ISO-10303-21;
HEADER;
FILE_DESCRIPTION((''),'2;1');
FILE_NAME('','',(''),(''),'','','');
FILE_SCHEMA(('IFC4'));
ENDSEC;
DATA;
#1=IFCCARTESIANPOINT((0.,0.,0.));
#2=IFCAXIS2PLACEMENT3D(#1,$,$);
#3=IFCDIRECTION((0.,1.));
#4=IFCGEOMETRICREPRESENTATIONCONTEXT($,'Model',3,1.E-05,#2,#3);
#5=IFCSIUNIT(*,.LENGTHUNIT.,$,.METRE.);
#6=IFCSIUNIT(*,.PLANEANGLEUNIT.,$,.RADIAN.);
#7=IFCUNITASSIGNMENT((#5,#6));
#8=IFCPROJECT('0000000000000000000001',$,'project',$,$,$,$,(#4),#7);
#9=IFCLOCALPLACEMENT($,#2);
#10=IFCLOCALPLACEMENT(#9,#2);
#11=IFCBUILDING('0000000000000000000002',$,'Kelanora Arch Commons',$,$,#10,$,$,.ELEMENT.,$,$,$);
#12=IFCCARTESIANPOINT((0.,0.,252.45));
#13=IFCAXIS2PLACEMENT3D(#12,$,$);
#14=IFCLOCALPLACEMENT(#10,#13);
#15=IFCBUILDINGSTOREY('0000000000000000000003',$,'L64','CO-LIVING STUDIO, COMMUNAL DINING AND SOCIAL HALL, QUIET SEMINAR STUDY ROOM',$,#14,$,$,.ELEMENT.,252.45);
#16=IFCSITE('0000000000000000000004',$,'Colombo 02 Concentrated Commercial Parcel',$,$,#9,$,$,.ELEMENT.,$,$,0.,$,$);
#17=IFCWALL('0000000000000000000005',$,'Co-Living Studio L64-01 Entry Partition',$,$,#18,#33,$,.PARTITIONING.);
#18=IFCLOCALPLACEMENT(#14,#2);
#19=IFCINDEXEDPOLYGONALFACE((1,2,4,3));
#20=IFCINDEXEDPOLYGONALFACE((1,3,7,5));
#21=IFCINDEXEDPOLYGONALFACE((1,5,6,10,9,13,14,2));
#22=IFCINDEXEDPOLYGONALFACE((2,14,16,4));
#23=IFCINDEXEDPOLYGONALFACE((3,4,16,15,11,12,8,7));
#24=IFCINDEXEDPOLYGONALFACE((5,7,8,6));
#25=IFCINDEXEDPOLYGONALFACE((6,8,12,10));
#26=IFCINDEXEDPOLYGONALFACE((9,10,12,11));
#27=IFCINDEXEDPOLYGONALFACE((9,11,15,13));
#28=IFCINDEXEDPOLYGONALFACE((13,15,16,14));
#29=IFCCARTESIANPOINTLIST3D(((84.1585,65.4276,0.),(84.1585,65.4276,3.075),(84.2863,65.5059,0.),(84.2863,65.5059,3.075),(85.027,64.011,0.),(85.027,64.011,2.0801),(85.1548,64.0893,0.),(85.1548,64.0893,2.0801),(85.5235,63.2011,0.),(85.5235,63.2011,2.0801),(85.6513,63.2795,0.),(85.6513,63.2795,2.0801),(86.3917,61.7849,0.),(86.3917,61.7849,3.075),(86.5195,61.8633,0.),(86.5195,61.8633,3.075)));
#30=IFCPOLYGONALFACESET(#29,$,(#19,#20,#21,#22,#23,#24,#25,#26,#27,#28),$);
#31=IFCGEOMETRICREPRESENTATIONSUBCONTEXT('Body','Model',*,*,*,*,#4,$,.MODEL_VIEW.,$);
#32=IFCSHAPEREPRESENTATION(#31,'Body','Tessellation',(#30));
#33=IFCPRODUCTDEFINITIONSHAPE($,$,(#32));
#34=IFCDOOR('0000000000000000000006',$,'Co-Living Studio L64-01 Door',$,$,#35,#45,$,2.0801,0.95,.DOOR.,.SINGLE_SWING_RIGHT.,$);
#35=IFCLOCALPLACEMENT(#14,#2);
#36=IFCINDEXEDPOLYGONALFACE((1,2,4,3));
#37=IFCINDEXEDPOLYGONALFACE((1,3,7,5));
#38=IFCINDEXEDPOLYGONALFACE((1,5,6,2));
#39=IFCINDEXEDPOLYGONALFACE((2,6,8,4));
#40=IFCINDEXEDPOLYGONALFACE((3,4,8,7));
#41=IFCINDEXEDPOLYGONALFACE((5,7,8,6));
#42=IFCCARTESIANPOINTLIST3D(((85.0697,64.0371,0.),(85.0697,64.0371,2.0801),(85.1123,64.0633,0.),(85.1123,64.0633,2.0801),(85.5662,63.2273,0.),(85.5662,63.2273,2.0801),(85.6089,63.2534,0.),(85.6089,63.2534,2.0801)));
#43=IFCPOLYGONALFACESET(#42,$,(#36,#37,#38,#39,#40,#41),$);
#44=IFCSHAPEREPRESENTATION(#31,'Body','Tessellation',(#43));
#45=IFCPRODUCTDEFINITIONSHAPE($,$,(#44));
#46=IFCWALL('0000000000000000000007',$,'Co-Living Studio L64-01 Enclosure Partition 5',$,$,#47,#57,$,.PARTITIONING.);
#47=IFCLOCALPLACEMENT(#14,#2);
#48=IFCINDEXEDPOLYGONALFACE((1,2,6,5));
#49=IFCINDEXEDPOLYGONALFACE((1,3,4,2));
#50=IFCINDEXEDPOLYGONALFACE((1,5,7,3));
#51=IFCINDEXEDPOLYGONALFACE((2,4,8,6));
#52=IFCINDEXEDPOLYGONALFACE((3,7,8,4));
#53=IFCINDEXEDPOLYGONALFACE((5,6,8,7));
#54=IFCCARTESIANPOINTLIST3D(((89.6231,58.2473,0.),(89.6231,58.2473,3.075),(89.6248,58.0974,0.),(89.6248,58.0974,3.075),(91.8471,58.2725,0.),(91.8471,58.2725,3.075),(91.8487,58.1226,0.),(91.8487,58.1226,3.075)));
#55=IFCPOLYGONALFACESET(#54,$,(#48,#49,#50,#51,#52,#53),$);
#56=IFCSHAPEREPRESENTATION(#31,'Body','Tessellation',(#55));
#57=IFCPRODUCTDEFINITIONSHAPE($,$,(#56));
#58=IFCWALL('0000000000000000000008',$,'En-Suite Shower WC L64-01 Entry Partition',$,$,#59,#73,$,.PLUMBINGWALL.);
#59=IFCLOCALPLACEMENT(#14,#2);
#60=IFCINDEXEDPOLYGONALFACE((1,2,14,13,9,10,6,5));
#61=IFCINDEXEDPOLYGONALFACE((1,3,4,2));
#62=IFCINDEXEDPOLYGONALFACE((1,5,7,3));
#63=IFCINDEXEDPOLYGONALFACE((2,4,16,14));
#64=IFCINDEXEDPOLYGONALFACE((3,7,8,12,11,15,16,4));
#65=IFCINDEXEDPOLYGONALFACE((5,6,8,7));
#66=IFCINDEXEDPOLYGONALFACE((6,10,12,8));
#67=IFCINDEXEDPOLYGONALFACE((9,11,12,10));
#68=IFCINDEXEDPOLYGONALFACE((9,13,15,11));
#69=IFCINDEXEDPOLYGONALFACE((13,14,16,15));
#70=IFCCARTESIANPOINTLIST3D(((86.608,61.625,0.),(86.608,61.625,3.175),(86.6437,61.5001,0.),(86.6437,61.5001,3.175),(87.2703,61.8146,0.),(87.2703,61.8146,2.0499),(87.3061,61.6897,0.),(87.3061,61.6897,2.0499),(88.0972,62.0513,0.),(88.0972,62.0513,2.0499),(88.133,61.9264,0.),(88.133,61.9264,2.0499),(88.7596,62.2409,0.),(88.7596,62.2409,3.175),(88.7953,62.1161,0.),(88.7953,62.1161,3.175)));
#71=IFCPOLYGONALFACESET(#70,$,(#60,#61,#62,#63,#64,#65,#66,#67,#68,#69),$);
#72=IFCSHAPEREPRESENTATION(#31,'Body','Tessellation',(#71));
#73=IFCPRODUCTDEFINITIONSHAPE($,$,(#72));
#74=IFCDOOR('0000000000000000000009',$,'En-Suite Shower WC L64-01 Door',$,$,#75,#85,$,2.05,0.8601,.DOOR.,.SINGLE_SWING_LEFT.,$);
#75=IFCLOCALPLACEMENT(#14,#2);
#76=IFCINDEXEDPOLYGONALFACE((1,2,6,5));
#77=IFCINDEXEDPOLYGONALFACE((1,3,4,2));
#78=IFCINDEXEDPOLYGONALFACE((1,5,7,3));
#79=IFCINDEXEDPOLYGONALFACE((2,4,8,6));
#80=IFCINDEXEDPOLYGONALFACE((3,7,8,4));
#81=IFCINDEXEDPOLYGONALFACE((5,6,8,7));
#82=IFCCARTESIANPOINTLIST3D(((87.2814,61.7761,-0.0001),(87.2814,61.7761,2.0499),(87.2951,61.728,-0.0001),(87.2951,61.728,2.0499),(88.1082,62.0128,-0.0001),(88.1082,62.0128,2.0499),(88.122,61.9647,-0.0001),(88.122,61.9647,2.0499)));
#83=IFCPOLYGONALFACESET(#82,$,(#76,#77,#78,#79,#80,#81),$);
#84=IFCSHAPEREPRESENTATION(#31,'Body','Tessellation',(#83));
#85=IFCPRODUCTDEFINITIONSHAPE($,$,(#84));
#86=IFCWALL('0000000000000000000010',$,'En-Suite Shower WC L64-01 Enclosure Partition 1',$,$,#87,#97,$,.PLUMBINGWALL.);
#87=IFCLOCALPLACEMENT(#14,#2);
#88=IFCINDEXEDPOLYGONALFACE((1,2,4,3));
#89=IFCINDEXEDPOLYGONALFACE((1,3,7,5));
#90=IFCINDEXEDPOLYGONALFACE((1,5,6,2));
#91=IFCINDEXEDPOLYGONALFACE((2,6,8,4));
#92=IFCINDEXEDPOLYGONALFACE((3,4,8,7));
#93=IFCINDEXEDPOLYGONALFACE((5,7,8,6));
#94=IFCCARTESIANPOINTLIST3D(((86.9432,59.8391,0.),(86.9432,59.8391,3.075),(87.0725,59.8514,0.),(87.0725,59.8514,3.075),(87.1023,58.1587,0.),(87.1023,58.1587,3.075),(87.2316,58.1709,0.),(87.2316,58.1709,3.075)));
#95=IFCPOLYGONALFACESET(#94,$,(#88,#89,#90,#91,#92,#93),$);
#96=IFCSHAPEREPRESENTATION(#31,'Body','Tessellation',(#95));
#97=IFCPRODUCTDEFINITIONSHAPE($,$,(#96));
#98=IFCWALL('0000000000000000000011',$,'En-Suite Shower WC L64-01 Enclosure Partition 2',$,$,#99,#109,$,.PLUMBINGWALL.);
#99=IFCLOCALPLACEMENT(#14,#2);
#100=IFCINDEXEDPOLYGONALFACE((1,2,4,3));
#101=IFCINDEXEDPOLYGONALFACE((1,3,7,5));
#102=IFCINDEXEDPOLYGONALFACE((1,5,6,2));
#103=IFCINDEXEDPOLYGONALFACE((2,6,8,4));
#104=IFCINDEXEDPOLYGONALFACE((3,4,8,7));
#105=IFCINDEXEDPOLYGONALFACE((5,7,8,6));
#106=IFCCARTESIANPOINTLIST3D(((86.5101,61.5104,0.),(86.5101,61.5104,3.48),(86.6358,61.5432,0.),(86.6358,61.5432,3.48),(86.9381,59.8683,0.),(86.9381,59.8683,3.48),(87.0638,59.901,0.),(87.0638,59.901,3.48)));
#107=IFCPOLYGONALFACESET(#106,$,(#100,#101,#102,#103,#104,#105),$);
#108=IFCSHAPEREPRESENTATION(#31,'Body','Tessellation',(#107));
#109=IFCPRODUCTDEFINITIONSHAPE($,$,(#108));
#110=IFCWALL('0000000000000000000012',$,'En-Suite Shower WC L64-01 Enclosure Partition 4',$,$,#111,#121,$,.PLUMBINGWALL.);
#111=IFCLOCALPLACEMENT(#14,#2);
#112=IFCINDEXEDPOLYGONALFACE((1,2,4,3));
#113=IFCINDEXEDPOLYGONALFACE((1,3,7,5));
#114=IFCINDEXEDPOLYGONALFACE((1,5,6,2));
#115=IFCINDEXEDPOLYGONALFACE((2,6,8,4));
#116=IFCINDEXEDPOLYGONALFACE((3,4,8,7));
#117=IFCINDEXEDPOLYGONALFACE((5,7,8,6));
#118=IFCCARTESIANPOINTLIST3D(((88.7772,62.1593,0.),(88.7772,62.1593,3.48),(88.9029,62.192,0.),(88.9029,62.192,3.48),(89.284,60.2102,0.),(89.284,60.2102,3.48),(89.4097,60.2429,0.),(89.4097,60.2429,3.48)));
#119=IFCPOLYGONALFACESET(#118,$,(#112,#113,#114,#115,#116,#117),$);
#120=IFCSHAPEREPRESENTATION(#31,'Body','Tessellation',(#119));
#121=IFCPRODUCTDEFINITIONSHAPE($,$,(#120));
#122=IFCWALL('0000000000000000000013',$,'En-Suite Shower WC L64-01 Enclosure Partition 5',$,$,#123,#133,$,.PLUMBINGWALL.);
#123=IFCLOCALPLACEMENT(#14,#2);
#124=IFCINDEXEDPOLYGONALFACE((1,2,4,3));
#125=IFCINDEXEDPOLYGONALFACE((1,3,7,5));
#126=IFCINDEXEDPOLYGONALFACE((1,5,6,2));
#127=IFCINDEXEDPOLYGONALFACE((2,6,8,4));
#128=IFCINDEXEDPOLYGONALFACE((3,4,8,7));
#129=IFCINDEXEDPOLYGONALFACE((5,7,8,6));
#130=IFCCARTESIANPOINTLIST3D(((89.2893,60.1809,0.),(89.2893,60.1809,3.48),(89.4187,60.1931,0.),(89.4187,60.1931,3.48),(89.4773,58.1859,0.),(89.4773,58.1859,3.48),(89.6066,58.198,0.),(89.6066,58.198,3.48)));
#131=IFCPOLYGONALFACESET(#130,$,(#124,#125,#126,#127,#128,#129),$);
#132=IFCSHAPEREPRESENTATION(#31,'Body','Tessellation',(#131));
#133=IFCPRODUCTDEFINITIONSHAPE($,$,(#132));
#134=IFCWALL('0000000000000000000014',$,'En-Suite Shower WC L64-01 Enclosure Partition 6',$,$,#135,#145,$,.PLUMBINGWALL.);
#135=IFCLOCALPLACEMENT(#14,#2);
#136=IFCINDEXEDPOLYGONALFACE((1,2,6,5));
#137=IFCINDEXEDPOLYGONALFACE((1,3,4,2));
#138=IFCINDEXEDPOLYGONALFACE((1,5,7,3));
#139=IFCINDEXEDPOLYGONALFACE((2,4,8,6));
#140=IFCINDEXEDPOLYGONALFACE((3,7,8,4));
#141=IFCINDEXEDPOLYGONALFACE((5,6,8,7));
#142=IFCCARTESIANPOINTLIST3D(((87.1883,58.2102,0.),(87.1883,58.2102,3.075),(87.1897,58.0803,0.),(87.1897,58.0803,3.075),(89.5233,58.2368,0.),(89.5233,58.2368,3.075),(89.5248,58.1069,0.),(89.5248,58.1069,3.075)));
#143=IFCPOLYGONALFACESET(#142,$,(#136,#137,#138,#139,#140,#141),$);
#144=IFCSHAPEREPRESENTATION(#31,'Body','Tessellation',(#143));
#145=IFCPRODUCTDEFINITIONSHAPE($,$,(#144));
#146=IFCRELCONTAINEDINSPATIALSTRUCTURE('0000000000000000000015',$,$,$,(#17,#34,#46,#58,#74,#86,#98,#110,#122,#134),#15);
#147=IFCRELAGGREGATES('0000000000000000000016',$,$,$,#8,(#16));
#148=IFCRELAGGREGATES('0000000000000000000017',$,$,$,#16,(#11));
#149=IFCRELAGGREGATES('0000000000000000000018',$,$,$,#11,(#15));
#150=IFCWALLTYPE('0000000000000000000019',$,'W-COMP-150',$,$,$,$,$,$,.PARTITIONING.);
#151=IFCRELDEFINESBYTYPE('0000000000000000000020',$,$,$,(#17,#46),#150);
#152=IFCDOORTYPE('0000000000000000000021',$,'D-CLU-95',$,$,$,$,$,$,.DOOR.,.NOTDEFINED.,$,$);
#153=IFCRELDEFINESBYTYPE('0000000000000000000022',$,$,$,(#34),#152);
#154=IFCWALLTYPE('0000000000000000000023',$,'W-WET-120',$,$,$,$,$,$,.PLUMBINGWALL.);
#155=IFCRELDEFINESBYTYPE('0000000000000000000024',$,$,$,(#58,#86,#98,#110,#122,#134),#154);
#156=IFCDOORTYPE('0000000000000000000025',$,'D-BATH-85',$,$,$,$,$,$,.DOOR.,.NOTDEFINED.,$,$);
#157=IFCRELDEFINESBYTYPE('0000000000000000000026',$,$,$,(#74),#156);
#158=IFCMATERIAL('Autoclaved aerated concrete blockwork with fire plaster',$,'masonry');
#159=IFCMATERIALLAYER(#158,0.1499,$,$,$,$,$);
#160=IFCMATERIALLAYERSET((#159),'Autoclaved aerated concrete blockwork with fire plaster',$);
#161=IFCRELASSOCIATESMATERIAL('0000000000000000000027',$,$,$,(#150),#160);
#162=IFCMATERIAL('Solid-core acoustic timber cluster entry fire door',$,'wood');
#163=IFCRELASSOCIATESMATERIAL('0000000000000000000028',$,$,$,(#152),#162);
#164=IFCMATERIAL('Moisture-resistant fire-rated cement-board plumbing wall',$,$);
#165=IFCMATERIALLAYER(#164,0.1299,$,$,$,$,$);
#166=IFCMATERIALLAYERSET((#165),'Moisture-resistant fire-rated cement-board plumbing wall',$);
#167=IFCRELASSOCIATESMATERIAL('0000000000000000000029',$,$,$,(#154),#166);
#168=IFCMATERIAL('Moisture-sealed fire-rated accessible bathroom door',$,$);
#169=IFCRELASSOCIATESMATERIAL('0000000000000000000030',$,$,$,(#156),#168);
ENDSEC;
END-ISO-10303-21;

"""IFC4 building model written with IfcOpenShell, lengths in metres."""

from ifc_helpers import new_model, si_unit, direction, frame, frame_2d, origin, place, context, subcontext, project, spatial, rectangle, extrude, material, layer, layer_set, type_object, element, fill, save


model = new_model("IFC4")

# Units and contexts
model_context = context("Model", 3, precision=1e-05, world=origin(), true_north=direction((0.0, 1.0)))
body_context = subcontext(model_context, "Body", "Model", "MODEL_VIEW")
ifc_project = project(units=[si_unit("LENGTHUNIT", "METRE"), si_unit("PLANEANGLEUNIT", "RADIAN")], contexts=[model_context])

# Site, building, storey
site_placement = place(None, origin())
site = spatial("IfcSite", under=ifc_project, at=site_placement, Name="Colombo 02 Concentrated Commercial Parcel", CompositionType="ELEMENT", RefElevation=0.0)
building_placement = place(site_placement, origin())
building = spatial("IfcBuilding", under=site, at=building_placement, Name="Kelanora Arch Commons", CompositionType="ELEMENT")
storey_placement = place(building_placement, frame((0.0, 0.0, 252.45)))
storey = spatial("IfcBuildingStorey", under=building, at=storey_placement, Name="L64", Description="CO-LIVING STUDIO, COMMUNAL DINING AND SOCIAL HALL, QUIET SEMINAR STUDY ROOM", CompositionType="ELEMENT", Elevation=252.45)

# Wall, opening, door
ifc_material_1 = material(Name="Autoclaved aerated concrete blockwork with fire plaster", Category="masonry")
ifc_layer_1 = layer(ifc_material_1, 0.1499)
ifc_layer_set_1 = layer_set([ifc_layer_1], Name="Autoclaved aerated concrete blockwork with fire plaster")
wall_type_1 = type_object("IfcWallType", Name="W-COMP-150", PredefinedType="PARTITIONING", material=ifc_layer_set_1)
wall_1_placement = place(storey_placement, frame((86.4556, 61.8242, 0.0), z_axis=(0.0, 0.0, 1.0), x_axis=(-0.522665, 0.852538, 0.0)))
wall_1 = element("IfcWall", 1, at=wall_1_placement, inside=storey, type_object=wall_type_1, Name="Co-Living Studio L64-01 Entry Partition", PredefinedType="PARTITIONING", context=body_context, shape_type="SweptSolid", body=[
    extrude(rectangle(XDim=4.2727, YDim=0.1499, at=frame_2d((2.1362, 0.0))), origin(), (0.0, 0.0, 1.0), 3.075),
])
opening_1_placement = place(wall_1_placement, frame((1.6609, 0.0, 0.0)))
opening_1 = element("IfcOpeningElement", 2, at=opening_1_placement, cuts=wall_1, PredefinedType="OPENING", context=body_context, shape_type="SweptSolid", body=[
    extrude(rectangle(XDim=0.95, YDim=2.0801, at=frame_2d((0.4751, 1.04))), frame((0.0, 0.085, 0.0), z_axis=(0.0, -1.0, 0.0), x_axis=(1.0, 0.0, 0.0)), (0.0, 0.0, 1.0), 0.1699),
])
ifc_material_2 = material(Name="Solid-core acoustic timber cluster entry fire door", Category="wood")
door_type_1 = type_object("IfcDoorType", Name="D-CLU-95", OperationType="NOTDEFINED", PredefinedType="DOOR", material=ifc_material_2)
door_1_placement = place(opening_1_placement, origin())
door_1 = element("IfcDoor", 3, at=door_1_placement, inside=storey, type_object=door_type_1, Name="Co-Living Studio L64-01 Door", OperationType="SINGLE_SWING_RIGHT", OverallHeight=2.0801, OverallWidth=0.95, PredefinedType="DOOR", context=body_context, shape_type="SweptSolid", body=[
    extrude(rectangle(XDim=0.95, YDim=2.0801, at=frame_2d((0.4751, 1.04))), frame((0.0, 0.0249, 0.0), z_axis=(0.0, -1.0, 0.0), x_axis=(1.0, 0.0, 0.0)), (0.0, 0.0, 1.0), 0.05),
])
fill(opening_1, door_1)

# Wall
wall_2_placement = place(storey_placement, frame((91.8479, 58.1975, 0.0), z_axis=(0.0, 0.0, 1.0), x_axis=(-0.999936, -0.011307, 0.0)))
element("IfcWall", 4, at=wall_2_placement, inside=storey, type_object=wall_type_1, Name="Co-Living Studio L64-01 Enclosure Partition 5", PredefinedType="PARTITIONING", context=body_context, shape_type="SweptSolid", body=[
    extrude(rectangle(XDim=2.2241, YDim=0.1499, at=frame_2d((1.1121, 0.0))), origin(), (0.0, 0.0, 1.0), 3.075),
])

# Wall, opening, door
ifc_material_3 = material(Name="Moisture-resistant fire-rated cement-board plumbing wall")
ifc_layer_2 = layer(ifc_material_3, 0.1299)
ifc_layer_set_2 = layer_set([ifc_layer_2], Name="Moisture-resistant fire-rated cement-board plumbing wall")
wall_type_2 = type_object("IfcWallType", Name="W-WET-120", PredefinedType="PLUMBINGWALL", material=ifc_layer_set_2)
wall_3_placement = place(storey_placement, frame((86.6257, 61.5625, 0.0), z_axis=(0.0, 0.0, 1.0), x_axis=(0.96138, 0.275225, 0.0)))
wall_3 = element("IfcWall", 5, at=wall_3_placement, inside=storey, type_object=wall_type_2, Name="En-Suite Shower WC L64-01 Entry Partition", PredefinedType="PLUMBINGWALL", context=body_context, shape_type="SweptSolid", body=[
    extrude(rectangle(XDim=2.238, YDim=0.1299, at=frame_2d((1.1191, 0.0))), origin(), (0.0, 0.0, 1.0), 3.175),
])
opening_2_placement = place(wall_3_placement, frame((0.689, 0.0, 0.0)))
opening_2 = element("IfcOpeningElement", 6, at=opening_2_placement, cuts=wall_3, PredefinedType="OPENING", context=body_context, shape_type="SweptSolid", body=[
    extrude(rectangle(XDim=0.8601, YDim=2.05, at=frame_2d((0.4302, 1.0249))), frame((0.0, 0.075, 0.0), z_axis=(0.0, -1.0, 0.0), x_axis=(1.0, 0.0, 0.0)), (0.0, 0.0, 1.0), 0.1499),
])
ifc_material_4 = material(Name="Moisture-sealed fire-rated accessible bathroom door")
door_type_2 = type_object("IfcDoorType", Name="D-BATH-85", OperationType="NOTDEFINED", PredefinedType="DOOR", material=ifc_material_4)
door_2_placement = place(opening_2_placement, origin())
door_2 = element("IfcDoor", 7, at=door_2_placement, inside=storey, type_object=door_type_2, Name="En-Suite Shower WC L64-01 Door", OperationType="SINGLE_SWING_LEFT", OverallHeight=2.05, OverallWidth=0.8601, PredefinedType="DOOR", context=body_context, shape_type="SweptSolid", body=[
    extrude(rectangle(XDim=0.8601, YDim=2.05, at=frame_2d((0.4302, 1.0249))), frame((0.0, 0.0249, 0.0), z_axis=(0.0, -1.0, 0.0), x_axis=(1.0, 0.0, 0.0)), (0.0, 0.0, 1.0), 0.05),
])
fill(opening_2, door_2)

# Walls
wall_4_placement = place(storey_placement, frame((87.167, 58.1648, 0.0), z_axis=(0.0, 0.0, 1.0), x_axis=(-0.094304, 0.995543, 0.0)))
element("IfcWall", 8, at=wall_4_placement, inside=storey, type_object=wall_type_2, Name="En-Suite Shower WC L64-01 Enclosure Partition 1", PredefinedType="PLUMBINGWALL", context=body_context, shape_type="SweptSolid", body=[
    extrude(rectangle(XDim=1.688, YDim=0.1299, at=frame_2d((0.844, 0.0))), origin(), (0.0, 0.0, 1.0), 3.075),
])
wall_5_placement = place(storey_placement, frame((87.001, 59.8845, 0.0), z_axis=(0.0, 0.0, 1.0), x_axis=(-0.252205, 0.967674, 0.0)))
element("IfcWall", 9, at=wall_5_placement, inside=storey, type_object=wall_type_2, Name="En-Suite Shower WC L64-01 Enclosure Partition 2", PredefinedType="PLUMBINGWALL", context=body_context, shape_type="SweptSolid", body=[
    extrude(rectangle(XDim=1.697, YDim=0.1299, at=frame_2d((0.8486, 0.0))), origin(), (0.0, 0.0, 1.0), 3.48),
])
wall_6_placement = place(storey_placement, frame((88.8401, 62.1755, 0.0), z_axis=(0.0, 0.0, 1.0), x_axis=(0.251652, -0.967818, 0.0)))
element("IfcWall", 10, at=wall_6_placement, inside=storey, type_object=wall_type_2, Name="En-Suite Shower WC L64-01 Enclosure Partition 4", PredefinedType="PLUMBINGWALL", context=body_context, shape_type="SweptSolid", body=[
    extrude(rectangle(XDim=2.0139, YDim=0.1299, at=frame_2d((1.0068, 0.0))), origin(), (0.0, 0.0, 1.0), 3.48),
])
wall_7_placement = place(storey_placement, frame((89.354, 60.187, 0.0), z_axis=(0.0, 0.0, 1.0), x_axis=(0.093809, -0.99559, 0.0)))
element("IfcWall", 11, at=wall_7_placement, inside=storey, type_object=wall_type_2, Name="En-Suite Shower WC L64-01 Enclosure Partition 5", PredefinedType="PLUMBINGWALL", context=body_context, shape_type="SweptSolid", body=[
    extrude(rectangle(XDim=2.0039, YDim=0.1299, at=frame_2d((1.002, 0.0))), origin(), (0.0, 0.0, 1.0), 3.48),
])
wall_8_placement = place(storey_placement, frame((89.5239, 58.1719, 0.0), z_axis=(0.0, 0.0, 1.0), x_axis=(-0.999935, -0.011396, 0.0)))
element("IfcWall", 12, at=wall_8_placement, inside=storey, type_object=wall_type_2, Name="En-Suite Shower WC L64-01 Enclosure Partition 6", PredefinedType="PLUMBINGWALL", context=body_context, shape_type="SweptSolid", body=[
    extrude(rectangle(XDim=2.3352, YDim=0.1299, at=frame_2d((1.1675, 0.0))), origin(), (0.0, 0.0, 1.0), 3.075),
])

save(model, "model.ifc")
